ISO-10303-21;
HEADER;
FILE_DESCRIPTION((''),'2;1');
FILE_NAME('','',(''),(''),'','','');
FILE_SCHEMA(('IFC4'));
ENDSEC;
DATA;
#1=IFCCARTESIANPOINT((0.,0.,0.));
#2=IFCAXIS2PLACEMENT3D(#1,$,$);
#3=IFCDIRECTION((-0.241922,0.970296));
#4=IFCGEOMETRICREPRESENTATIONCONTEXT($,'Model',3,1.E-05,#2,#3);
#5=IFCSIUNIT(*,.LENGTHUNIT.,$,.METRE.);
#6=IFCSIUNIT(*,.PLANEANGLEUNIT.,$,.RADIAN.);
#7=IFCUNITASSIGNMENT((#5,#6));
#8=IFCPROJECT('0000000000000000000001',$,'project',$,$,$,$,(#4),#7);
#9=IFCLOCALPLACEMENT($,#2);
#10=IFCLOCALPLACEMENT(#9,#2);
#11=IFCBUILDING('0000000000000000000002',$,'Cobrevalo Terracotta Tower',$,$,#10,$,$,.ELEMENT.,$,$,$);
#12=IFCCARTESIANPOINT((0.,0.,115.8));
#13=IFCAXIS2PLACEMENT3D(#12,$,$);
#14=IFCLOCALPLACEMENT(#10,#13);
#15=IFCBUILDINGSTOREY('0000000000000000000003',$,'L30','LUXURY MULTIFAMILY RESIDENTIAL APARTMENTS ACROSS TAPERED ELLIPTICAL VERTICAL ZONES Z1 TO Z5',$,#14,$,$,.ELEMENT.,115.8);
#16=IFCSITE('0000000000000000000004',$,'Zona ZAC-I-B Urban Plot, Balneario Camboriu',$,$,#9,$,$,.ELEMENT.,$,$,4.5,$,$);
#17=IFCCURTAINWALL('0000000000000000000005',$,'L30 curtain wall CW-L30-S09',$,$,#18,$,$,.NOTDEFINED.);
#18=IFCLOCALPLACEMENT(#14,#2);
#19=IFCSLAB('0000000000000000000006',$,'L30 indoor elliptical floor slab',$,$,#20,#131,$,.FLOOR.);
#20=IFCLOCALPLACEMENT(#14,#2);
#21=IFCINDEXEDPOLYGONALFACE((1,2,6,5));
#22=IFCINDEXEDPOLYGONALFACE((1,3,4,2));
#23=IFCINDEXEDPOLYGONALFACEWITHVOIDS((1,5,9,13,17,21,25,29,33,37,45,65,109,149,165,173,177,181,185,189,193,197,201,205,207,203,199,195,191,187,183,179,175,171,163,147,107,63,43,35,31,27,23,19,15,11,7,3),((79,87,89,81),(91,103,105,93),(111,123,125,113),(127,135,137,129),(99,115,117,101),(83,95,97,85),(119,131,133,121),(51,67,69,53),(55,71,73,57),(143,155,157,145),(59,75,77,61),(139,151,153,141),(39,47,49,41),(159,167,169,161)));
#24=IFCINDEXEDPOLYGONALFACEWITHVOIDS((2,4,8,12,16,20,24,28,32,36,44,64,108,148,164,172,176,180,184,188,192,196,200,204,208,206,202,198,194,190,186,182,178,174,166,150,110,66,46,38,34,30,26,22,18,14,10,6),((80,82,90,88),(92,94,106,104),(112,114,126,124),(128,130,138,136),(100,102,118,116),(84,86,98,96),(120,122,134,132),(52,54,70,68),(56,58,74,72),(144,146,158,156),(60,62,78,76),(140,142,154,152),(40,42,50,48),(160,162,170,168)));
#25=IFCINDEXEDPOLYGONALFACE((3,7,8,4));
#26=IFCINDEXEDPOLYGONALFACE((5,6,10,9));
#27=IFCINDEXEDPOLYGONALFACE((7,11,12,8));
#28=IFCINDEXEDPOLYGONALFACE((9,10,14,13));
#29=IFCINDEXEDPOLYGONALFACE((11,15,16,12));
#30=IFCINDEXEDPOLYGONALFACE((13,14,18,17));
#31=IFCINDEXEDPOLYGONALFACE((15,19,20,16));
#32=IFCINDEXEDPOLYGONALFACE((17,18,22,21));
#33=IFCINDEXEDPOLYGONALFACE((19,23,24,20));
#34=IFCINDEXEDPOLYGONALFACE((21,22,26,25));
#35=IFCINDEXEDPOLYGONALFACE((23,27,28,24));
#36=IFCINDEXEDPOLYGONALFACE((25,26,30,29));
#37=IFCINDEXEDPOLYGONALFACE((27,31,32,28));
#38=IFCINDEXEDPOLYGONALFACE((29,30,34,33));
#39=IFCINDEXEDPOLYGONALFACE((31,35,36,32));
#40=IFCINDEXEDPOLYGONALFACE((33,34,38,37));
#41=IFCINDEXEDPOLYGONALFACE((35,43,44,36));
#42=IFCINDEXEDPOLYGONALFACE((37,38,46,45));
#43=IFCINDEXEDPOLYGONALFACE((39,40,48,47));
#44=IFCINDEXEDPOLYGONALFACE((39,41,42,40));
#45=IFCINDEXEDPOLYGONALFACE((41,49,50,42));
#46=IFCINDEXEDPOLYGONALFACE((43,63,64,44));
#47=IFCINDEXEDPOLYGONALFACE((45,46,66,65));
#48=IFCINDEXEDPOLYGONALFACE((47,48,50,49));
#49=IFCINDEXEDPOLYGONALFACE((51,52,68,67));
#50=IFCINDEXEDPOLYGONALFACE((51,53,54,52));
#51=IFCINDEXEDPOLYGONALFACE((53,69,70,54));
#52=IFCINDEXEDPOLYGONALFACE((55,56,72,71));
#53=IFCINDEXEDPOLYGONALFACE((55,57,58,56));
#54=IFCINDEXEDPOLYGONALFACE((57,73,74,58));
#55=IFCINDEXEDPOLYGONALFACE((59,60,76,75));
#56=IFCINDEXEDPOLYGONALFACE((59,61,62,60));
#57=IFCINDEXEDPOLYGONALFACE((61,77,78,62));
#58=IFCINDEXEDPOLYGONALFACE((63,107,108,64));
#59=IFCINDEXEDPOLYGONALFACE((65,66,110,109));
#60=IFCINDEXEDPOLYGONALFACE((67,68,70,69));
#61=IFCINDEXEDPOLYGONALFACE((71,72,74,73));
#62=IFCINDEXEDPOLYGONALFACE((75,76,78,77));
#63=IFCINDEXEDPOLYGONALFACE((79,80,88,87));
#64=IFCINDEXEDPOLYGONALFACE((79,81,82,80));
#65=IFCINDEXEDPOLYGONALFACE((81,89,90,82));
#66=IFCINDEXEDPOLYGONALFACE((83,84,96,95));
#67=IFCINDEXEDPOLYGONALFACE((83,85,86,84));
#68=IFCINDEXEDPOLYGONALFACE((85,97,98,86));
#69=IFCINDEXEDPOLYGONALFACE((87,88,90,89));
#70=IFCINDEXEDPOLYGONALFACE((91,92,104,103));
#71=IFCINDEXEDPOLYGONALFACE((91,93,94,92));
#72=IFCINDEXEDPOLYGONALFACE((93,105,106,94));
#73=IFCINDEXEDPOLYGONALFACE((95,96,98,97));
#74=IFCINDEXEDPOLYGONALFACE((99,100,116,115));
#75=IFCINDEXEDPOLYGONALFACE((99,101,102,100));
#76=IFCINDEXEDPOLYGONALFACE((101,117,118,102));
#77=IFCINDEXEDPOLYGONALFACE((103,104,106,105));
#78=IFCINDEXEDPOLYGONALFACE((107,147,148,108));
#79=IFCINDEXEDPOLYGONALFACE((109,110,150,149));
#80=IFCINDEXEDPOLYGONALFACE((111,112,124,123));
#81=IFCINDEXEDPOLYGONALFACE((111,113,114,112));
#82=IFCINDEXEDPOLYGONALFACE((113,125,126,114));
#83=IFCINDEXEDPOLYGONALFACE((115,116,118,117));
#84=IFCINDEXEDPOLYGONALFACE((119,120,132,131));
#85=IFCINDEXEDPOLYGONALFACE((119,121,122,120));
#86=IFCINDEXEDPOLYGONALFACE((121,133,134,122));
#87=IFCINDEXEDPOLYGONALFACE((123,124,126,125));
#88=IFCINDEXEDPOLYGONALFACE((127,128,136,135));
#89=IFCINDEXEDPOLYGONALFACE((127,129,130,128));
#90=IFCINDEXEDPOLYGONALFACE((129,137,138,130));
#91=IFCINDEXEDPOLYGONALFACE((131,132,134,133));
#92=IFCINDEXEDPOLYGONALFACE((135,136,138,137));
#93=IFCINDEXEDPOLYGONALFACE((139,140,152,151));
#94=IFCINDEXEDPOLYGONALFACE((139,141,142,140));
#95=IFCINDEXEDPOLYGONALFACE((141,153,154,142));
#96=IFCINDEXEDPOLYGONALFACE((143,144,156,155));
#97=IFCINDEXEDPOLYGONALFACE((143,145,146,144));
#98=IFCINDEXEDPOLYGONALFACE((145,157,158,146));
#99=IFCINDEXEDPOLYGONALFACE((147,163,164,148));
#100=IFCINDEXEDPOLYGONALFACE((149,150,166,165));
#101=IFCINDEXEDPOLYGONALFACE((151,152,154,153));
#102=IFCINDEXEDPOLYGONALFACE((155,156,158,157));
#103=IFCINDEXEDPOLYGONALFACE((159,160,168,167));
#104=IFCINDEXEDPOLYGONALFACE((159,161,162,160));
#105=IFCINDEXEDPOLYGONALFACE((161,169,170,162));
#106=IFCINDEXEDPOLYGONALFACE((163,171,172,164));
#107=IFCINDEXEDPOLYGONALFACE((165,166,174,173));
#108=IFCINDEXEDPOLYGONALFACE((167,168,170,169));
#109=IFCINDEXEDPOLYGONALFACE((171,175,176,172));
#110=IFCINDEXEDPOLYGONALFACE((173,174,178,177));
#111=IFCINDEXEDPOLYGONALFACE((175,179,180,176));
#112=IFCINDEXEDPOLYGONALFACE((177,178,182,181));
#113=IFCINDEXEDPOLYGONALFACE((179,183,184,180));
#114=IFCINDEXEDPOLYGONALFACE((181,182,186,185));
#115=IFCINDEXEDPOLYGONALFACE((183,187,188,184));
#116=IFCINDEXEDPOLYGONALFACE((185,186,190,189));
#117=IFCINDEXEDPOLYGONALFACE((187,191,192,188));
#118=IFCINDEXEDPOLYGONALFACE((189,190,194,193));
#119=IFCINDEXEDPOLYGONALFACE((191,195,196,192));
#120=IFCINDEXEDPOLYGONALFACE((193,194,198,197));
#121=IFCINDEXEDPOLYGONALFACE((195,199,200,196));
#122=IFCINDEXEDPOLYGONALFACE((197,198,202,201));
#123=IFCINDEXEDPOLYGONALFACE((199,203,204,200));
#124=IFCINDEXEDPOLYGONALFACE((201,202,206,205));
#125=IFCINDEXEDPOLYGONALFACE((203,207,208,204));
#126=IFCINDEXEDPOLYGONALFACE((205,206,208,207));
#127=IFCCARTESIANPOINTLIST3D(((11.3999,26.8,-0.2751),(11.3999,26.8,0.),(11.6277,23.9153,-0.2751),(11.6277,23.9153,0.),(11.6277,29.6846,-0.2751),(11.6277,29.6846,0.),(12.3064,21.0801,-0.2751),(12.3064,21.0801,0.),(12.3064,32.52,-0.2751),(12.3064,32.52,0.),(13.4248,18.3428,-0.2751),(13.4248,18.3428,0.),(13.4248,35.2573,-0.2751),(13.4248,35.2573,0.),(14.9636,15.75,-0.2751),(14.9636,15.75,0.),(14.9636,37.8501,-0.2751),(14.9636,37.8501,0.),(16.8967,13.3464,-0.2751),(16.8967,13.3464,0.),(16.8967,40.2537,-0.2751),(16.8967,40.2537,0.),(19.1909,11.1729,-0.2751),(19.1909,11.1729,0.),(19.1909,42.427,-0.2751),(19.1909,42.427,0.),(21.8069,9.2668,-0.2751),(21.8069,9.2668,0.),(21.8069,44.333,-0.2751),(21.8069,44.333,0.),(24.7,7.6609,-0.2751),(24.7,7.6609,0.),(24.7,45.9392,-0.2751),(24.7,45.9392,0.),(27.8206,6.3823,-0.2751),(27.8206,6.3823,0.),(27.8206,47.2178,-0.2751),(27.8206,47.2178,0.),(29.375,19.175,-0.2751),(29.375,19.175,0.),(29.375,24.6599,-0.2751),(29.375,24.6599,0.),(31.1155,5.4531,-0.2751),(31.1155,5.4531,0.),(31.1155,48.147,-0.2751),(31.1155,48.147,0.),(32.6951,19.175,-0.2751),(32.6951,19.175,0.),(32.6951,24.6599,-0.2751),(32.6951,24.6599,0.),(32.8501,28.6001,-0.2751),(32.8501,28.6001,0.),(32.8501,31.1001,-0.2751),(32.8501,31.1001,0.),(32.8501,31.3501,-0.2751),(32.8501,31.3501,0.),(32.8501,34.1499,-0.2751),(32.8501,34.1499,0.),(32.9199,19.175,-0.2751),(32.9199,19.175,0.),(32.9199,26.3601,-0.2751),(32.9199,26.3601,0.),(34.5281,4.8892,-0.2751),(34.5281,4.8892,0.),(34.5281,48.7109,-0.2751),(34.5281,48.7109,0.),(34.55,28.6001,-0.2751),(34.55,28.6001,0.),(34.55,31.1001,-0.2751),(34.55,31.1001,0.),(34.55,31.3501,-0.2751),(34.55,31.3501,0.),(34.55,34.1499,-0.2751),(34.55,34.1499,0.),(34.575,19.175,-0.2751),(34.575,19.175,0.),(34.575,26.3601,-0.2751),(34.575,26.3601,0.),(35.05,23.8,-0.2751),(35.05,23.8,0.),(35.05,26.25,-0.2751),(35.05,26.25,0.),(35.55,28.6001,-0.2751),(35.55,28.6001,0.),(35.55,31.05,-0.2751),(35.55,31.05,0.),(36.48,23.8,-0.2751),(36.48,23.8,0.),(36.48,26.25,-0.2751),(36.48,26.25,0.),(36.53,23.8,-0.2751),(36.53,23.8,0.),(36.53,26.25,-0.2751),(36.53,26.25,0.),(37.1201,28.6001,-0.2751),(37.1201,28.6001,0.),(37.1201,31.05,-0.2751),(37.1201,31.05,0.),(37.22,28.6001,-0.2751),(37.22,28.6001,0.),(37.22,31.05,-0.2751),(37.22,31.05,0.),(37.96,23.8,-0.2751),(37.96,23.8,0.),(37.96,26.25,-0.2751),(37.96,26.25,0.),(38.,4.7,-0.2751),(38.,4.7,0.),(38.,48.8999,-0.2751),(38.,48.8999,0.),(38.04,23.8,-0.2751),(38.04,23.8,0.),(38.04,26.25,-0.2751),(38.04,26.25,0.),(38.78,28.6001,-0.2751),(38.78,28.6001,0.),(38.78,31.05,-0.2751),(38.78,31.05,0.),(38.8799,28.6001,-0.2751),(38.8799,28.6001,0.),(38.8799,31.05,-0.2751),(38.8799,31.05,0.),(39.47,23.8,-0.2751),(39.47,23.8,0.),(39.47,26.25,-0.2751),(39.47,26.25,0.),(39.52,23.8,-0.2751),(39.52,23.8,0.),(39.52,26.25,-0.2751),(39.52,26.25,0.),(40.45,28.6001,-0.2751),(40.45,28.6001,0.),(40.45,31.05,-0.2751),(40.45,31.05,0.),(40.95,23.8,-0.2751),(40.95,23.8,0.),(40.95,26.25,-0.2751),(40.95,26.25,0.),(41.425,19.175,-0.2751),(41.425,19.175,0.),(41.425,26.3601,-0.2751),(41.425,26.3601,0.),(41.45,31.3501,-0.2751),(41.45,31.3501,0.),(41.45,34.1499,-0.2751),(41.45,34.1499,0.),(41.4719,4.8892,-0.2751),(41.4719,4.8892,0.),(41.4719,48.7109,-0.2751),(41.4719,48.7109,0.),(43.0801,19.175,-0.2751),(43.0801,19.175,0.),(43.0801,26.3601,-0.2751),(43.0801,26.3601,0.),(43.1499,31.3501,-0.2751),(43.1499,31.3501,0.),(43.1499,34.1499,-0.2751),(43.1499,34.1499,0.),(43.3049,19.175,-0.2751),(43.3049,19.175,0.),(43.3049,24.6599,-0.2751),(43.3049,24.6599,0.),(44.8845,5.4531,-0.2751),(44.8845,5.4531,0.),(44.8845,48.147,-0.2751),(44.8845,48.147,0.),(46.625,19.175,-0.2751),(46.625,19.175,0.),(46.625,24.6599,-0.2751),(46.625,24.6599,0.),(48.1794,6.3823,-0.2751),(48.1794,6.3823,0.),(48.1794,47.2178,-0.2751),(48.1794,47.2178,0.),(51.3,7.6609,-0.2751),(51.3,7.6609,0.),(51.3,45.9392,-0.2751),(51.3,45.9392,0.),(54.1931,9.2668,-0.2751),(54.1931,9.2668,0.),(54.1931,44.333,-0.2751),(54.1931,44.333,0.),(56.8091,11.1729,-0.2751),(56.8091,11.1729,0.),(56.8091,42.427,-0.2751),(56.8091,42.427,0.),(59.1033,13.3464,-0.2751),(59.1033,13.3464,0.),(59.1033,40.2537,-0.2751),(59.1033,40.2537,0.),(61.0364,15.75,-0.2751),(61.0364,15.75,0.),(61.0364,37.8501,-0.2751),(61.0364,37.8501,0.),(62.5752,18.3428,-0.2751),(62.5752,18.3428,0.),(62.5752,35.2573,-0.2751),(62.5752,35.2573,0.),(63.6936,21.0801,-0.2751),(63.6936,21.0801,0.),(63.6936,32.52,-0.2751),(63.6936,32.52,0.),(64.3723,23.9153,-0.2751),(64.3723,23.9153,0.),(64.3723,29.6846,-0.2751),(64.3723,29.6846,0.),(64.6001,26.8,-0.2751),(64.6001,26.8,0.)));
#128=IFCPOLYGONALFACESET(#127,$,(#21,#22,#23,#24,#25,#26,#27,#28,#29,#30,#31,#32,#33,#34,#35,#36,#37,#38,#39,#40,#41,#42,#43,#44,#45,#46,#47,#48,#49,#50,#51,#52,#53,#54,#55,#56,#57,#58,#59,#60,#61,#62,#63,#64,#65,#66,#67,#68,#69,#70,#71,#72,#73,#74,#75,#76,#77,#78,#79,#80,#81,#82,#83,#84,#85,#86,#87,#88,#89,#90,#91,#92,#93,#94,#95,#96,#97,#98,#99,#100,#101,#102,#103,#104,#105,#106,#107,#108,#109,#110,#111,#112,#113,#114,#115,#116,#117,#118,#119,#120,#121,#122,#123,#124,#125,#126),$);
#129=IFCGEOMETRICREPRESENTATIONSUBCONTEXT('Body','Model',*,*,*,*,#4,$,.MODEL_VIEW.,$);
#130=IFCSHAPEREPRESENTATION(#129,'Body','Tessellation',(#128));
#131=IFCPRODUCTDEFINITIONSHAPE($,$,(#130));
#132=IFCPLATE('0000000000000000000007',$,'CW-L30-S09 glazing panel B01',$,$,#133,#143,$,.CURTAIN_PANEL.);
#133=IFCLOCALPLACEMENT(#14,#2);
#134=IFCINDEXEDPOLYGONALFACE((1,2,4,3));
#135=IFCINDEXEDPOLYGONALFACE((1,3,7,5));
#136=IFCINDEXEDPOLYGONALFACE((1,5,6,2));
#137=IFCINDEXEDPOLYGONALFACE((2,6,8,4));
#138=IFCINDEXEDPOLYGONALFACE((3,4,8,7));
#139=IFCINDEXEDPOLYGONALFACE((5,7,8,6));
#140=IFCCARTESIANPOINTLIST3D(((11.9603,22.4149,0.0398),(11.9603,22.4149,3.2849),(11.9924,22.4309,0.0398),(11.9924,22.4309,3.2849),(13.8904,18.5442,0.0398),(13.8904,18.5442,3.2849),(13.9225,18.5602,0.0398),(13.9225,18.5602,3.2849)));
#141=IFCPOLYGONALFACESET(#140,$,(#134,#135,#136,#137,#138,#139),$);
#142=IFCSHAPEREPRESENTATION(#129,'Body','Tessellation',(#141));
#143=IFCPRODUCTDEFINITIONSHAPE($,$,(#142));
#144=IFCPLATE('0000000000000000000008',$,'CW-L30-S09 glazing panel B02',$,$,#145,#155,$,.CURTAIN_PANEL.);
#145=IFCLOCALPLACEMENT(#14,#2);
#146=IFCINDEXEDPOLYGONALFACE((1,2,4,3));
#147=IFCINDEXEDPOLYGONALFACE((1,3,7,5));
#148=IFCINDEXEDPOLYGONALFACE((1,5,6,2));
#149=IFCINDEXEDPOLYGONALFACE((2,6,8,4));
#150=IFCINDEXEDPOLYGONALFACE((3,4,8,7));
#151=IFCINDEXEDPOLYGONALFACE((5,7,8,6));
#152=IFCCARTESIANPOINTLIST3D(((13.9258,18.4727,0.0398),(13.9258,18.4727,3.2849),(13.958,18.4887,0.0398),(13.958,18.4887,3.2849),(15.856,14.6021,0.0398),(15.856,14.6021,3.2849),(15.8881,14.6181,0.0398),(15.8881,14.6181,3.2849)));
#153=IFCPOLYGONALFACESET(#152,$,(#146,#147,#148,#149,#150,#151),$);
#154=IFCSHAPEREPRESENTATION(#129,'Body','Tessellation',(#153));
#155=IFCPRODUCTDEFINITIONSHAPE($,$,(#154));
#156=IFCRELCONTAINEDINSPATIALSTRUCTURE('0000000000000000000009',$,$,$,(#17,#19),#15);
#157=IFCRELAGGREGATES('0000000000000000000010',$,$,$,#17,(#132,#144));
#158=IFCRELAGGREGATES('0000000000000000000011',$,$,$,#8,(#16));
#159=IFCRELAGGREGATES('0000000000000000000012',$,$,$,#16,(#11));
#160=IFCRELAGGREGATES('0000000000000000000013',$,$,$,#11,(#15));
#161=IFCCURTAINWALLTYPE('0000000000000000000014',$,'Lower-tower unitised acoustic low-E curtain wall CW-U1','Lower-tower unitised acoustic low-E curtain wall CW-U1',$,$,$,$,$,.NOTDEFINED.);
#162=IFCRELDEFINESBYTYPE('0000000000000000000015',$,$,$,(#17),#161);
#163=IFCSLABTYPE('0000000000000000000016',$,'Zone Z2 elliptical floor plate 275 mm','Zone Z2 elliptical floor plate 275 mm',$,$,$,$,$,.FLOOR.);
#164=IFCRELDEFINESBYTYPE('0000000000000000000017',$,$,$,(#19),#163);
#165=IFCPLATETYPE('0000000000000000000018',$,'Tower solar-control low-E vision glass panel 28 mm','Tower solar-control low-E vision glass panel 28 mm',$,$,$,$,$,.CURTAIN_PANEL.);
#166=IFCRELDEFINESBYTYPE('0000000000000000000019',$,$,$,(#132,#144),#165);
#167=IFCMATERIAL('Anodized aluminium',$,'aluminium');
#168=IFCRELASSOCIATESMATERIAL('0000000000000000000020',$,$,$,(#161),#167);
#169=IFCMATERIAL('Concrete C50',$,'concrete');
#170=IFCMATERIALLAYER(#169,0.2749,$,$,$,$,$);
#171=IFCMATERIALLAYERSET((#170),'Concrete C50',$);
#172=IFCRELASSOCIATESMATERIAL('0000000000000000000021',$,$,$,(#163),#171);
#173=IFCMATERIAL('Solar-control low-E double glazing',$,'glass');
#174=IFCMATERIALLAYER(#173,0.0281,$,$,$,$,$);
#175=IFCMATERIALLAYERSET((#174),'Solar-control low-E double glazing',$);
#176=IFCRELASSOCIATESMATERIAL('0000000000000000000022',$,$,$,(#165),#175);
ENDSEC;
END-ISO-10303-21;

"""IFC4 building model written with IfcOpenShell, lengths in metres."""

from ifc_helpers import new_model, si_unit, direction, frame, origin, origin_2d, place, context, subcontext, project, spatial, polyline, rectangle, outline, extrude, source, transform, mapped, material, layer, layer_set, type_object, element, aggregate, save


model = new_model("IFC4")

# Units and contexts
model_context = context("Model", 3, precision=1e-05, world=origin(), true_north=direction((-0.241922, 0.970296)))
body_context = subcontext(model_context, "Body", "Model", "MODEL_VIEW")
ifc_project = project(units=[si_unit("LENGTHUNIT", "METRE"), si_unit("PLANEANGLEUNIT", "RADIAN")], contexts=[model_context])

# Site, building, storey
site_placement = place(None, origin())
site = spatial("IfcSite", under=ifc_project, at=site_placement, Name="Zona ZAC-I-B Urban Plot, Balneario Camboriu", CompositionType="ELEMENT", RefElevation=4.5)
building_placement = place(site_placement, origin())
building = spatial("IfcBuilding", under=site, at=building_placement, Name="Cobrevalo Terracotta Tower", CompositionType="ELEMENT")
storey_placement = place(building_placement, frame((0.0, 0.0, 115.8)))
storey = spatial("IfcBuildingStorey", under=building, at=storey_placement, Name="L30", Description="LUXURY MULTIFAMILY RESIDENTIAL APARTMENTS ACROSS TAPERED ELLIPTICAL VERTICAL ZONES Z1 TO Z5", CompositionType="ELEMENT", Elevation=115.8)

# Curtain wall
ifc_material_1 = material(Name="Anodized aluminium", Category="aluminium")
curtain_wall_type = type_object("IfcCurtainWallType", Name="Lower-tower unitised acoustic low-E curtain wall CW-U1", Description="Lower-tower unitised acoustic low-E curtain wall CW-U1", PredefinedType="NOTDEFINED", material=ifc_material_1)
curtain_wall_1_placement = place(storey_placement, origin())
curtain_wall_1 = element("IfcCurtainWall", 1, at=curtain_wall_1_placement, inside=storey, type_object=curtain_wall_type, Name="L30 curtain wall CW-L30-S09", PredefinedType="NOTDEFINED")

# Shared definitions
ifc_material_2 = material(Name="Concrete C50", Category="concrete")

# Slab
ifc_layer_1 = layer(ifc_material_2, 0.2749)
ifc_layer_set_1 = layer_set([ifc_layer_1], Name="Concrete C50")
slab_type_1 = type_object("IfcSlabType", Name="Zone Z2 elliptical floor plate 275 mm", Description="Zone Z2 elliptical floor plate 275 mm", PredefinedType="FLOOR", material=ifc_layer_set_1)
slab_1_placement = place(storey_placement, frame((0.0, 0.0, -0.2751)))
element("IfcSlab", 2, at=slab_1_placement, inside=storey, type_object=slab_type_1, Name="L30 indoor elliptical floor slab", PredefinedType="FLOOR", context=body_context, shape_type="SweptSolid", body=[
    extrude(outline(polyline([(64.3723, 23.9153), (63.6936, 21.0801), (62.5752, 18.3428), (61.0364, 15.75), (59.1033, 13.3464), (56.8091, 11.1729), (54.1931, 9.2668), (51.3, 7.6609), (48.1794, 6.3823), (44.8845, 5.4531), (41.4719, 4.8892), (38.0, 4.7), (34.5281, 4.8892), (31.1155, 5.4531), (27.8206, 6.3823), (24.7, 7.6609), (21.8069, 9.2668), (19.1909, 11.1729), (16.8967, 13.3464), (14.9636, 15.75), (13.4248, 18.3428), (12.3064, 21.0801), (11.6277, 23.9153), (11.3999, 26.8), (11.6277, 29.6846), (12.3064, 32.52), (13.4248, 35.2573), (14.9636, 37.8501), (16.8967, 40.2537), (19.1909, 42.427), (21.8069, 44.333), (24.7, 45.9392), (27.8206, 47.2178), (31.1155, 48.147), (34.5281, 48.7109), (38.0, 48.8999), (41.4719, 48.7109), (44.8845, 48.147), (48.1794, 47.2178), (51.3, 45.9392), (54.1931, 44.333), (56.8091, 42.427), (59.1033, 40.2537), (61.0364, 37.8501), (62.5752, 35.2573), (63.6936, 32.52), (64.3723, 29.6846), (64.6001, 26.8), (64.3723, 23.9153)]), holes=[polyline([(32.6951, 19.175), (32.6951, 24.6599), (29.375, 24.6599), (29.375, 19.175), (32.6951, 19.175)]), polyline([(34.575, 19.175), (34.575, 26.3601), (32.9199, 26.3601), (32.9199, 19.175), (34.575, 19.175)]), polyline([(36.48, 23.8), (36.48, 26.25), (35.05, 26.25), (35.05, 23.8), (36.48, 23.8)]), polyline([(37.96, 23.8), (37.96, 26.25), (36.53, 26.25), (36.53, 23.8), (37.96, 23.8)]), polyline([(37.1201, 28.6001), (37.1201, 31.05), (35.55, 31.05), (35.55, 28.6001), (37.1201, 28.6001)]), polyline([(34.55, 28.6001), (34.55, 31.1001), (32.8501, 31.1001), (32.8501, 28.6001), (34.55, 28.6001)]), polyline([(34.55, 31.3501), (34.55, 34.1499), (32.8501, 34.1499), (32.8501, 31.3501), (34.55, 31.3501)]), polyline([(46.625, 19.175), (46.625, 24.6599), (43.3049, 24.6599), (43.3049, 19.175), (46.625, 19.175)]), polyline([(43.0801, 19.175), (43.0801, 26.3601), (41.425, 26.3601), (41.425, 19.175), (43.0801, 19.175)]), polyline([(39.47, 23.8), (39.47, 26.25), (38.04, 26.25), (38.04, 23.8), (39.47, 23.8)]), polyline([(40.95, 23.8), (40.95, 26.25), (39.52, 26.25), (39.52, 23.8), (40.95, 23.8)]), polyline([(38.78, 28.6001), (38.78, 31.05), (37.22, 31.05), (37.22, 28.6001), (38.78, 28.6001)]), polyline([(40.45, 28.6001), (40.45, 31.05), (38.8799, 31.05), (38.8799, 28.6001), (40.45, 28.6001)]), polyline([(43.1499, 31.3501), (43.1499, 34.1499), (41.45, 34.1499), (41.45, 31.3501), (43.1499, 31.3501)])]), origin(), (0.0, 0.0, 1.0), 0.2751),
])

# Plates
ifc_material_3 = material(Name="Solar-control low-E double glazing", Category="glass")
ifc_layer_2 = layer(ifc_material_3, 0.0281)
ifc_layer_set_2 = layer_set([ifc_layer_2], Name="Solar-control low-E double glazing")
plate_type = type_object("IfcPlateType", Name="Tower solar-control low-E vision glass panel 28 mm", Description="Tower solar-control low-E vision glass panel 28 mm", PredefinedType="CURTAIN_PANEL", material=ifc_layer_set_2)
shared_shape_1 = source(origin(), body_context, "Body", "SweptSolid", [
    extrude(rectangle(XDim=4.3252, YDim=0.0359, at=origin_2d()), origin(), (0.0, 0.0, 1.0), 3.2451),
])
plate_1_placement = place(storey_placement, frame((12.9414, 20.4875, 0.0398), z_axis=(0.0, 0.0, 1.0), x_axis=(0.446262, -0.894902, 0.0)))
plate_1 = element("IfcPlate", 3, at=plate_1_placement, type_object=plate_type, Name="CW-L30-S09 glazing panel B01", PredefinedType="CURTAIN_PANEL", context=body_context, shape_type="MappedRepresentation", body=[
    mapped(shared_shape_1, transform((0.0, 0.0, 0.0), scale=1.0)),
])
plate_2_placement = place(storey_placement, frame((14.907, 16.5454, 0.0398), z_axis=(0.0, 0.0, 1.0), x_axis=(0.446262, -0.894902, 0.0)))
plate_2 = element("IfcPlate", 4, at=plate_2_placement, type_object=plate_type, Name="CW-L30-S09 glazing panel B02", PredefinedType="CURTAIN_PANEL", context=body_context, shape_type="MappedRepresentation", body=[
    mapped(shared_shape_1, transform((0.0, 0.0, 0.0), scale=1.0)),
])
aggregate(curtain_wall_1, [plate_1, plate_2])

save(model, "model.ifc")
